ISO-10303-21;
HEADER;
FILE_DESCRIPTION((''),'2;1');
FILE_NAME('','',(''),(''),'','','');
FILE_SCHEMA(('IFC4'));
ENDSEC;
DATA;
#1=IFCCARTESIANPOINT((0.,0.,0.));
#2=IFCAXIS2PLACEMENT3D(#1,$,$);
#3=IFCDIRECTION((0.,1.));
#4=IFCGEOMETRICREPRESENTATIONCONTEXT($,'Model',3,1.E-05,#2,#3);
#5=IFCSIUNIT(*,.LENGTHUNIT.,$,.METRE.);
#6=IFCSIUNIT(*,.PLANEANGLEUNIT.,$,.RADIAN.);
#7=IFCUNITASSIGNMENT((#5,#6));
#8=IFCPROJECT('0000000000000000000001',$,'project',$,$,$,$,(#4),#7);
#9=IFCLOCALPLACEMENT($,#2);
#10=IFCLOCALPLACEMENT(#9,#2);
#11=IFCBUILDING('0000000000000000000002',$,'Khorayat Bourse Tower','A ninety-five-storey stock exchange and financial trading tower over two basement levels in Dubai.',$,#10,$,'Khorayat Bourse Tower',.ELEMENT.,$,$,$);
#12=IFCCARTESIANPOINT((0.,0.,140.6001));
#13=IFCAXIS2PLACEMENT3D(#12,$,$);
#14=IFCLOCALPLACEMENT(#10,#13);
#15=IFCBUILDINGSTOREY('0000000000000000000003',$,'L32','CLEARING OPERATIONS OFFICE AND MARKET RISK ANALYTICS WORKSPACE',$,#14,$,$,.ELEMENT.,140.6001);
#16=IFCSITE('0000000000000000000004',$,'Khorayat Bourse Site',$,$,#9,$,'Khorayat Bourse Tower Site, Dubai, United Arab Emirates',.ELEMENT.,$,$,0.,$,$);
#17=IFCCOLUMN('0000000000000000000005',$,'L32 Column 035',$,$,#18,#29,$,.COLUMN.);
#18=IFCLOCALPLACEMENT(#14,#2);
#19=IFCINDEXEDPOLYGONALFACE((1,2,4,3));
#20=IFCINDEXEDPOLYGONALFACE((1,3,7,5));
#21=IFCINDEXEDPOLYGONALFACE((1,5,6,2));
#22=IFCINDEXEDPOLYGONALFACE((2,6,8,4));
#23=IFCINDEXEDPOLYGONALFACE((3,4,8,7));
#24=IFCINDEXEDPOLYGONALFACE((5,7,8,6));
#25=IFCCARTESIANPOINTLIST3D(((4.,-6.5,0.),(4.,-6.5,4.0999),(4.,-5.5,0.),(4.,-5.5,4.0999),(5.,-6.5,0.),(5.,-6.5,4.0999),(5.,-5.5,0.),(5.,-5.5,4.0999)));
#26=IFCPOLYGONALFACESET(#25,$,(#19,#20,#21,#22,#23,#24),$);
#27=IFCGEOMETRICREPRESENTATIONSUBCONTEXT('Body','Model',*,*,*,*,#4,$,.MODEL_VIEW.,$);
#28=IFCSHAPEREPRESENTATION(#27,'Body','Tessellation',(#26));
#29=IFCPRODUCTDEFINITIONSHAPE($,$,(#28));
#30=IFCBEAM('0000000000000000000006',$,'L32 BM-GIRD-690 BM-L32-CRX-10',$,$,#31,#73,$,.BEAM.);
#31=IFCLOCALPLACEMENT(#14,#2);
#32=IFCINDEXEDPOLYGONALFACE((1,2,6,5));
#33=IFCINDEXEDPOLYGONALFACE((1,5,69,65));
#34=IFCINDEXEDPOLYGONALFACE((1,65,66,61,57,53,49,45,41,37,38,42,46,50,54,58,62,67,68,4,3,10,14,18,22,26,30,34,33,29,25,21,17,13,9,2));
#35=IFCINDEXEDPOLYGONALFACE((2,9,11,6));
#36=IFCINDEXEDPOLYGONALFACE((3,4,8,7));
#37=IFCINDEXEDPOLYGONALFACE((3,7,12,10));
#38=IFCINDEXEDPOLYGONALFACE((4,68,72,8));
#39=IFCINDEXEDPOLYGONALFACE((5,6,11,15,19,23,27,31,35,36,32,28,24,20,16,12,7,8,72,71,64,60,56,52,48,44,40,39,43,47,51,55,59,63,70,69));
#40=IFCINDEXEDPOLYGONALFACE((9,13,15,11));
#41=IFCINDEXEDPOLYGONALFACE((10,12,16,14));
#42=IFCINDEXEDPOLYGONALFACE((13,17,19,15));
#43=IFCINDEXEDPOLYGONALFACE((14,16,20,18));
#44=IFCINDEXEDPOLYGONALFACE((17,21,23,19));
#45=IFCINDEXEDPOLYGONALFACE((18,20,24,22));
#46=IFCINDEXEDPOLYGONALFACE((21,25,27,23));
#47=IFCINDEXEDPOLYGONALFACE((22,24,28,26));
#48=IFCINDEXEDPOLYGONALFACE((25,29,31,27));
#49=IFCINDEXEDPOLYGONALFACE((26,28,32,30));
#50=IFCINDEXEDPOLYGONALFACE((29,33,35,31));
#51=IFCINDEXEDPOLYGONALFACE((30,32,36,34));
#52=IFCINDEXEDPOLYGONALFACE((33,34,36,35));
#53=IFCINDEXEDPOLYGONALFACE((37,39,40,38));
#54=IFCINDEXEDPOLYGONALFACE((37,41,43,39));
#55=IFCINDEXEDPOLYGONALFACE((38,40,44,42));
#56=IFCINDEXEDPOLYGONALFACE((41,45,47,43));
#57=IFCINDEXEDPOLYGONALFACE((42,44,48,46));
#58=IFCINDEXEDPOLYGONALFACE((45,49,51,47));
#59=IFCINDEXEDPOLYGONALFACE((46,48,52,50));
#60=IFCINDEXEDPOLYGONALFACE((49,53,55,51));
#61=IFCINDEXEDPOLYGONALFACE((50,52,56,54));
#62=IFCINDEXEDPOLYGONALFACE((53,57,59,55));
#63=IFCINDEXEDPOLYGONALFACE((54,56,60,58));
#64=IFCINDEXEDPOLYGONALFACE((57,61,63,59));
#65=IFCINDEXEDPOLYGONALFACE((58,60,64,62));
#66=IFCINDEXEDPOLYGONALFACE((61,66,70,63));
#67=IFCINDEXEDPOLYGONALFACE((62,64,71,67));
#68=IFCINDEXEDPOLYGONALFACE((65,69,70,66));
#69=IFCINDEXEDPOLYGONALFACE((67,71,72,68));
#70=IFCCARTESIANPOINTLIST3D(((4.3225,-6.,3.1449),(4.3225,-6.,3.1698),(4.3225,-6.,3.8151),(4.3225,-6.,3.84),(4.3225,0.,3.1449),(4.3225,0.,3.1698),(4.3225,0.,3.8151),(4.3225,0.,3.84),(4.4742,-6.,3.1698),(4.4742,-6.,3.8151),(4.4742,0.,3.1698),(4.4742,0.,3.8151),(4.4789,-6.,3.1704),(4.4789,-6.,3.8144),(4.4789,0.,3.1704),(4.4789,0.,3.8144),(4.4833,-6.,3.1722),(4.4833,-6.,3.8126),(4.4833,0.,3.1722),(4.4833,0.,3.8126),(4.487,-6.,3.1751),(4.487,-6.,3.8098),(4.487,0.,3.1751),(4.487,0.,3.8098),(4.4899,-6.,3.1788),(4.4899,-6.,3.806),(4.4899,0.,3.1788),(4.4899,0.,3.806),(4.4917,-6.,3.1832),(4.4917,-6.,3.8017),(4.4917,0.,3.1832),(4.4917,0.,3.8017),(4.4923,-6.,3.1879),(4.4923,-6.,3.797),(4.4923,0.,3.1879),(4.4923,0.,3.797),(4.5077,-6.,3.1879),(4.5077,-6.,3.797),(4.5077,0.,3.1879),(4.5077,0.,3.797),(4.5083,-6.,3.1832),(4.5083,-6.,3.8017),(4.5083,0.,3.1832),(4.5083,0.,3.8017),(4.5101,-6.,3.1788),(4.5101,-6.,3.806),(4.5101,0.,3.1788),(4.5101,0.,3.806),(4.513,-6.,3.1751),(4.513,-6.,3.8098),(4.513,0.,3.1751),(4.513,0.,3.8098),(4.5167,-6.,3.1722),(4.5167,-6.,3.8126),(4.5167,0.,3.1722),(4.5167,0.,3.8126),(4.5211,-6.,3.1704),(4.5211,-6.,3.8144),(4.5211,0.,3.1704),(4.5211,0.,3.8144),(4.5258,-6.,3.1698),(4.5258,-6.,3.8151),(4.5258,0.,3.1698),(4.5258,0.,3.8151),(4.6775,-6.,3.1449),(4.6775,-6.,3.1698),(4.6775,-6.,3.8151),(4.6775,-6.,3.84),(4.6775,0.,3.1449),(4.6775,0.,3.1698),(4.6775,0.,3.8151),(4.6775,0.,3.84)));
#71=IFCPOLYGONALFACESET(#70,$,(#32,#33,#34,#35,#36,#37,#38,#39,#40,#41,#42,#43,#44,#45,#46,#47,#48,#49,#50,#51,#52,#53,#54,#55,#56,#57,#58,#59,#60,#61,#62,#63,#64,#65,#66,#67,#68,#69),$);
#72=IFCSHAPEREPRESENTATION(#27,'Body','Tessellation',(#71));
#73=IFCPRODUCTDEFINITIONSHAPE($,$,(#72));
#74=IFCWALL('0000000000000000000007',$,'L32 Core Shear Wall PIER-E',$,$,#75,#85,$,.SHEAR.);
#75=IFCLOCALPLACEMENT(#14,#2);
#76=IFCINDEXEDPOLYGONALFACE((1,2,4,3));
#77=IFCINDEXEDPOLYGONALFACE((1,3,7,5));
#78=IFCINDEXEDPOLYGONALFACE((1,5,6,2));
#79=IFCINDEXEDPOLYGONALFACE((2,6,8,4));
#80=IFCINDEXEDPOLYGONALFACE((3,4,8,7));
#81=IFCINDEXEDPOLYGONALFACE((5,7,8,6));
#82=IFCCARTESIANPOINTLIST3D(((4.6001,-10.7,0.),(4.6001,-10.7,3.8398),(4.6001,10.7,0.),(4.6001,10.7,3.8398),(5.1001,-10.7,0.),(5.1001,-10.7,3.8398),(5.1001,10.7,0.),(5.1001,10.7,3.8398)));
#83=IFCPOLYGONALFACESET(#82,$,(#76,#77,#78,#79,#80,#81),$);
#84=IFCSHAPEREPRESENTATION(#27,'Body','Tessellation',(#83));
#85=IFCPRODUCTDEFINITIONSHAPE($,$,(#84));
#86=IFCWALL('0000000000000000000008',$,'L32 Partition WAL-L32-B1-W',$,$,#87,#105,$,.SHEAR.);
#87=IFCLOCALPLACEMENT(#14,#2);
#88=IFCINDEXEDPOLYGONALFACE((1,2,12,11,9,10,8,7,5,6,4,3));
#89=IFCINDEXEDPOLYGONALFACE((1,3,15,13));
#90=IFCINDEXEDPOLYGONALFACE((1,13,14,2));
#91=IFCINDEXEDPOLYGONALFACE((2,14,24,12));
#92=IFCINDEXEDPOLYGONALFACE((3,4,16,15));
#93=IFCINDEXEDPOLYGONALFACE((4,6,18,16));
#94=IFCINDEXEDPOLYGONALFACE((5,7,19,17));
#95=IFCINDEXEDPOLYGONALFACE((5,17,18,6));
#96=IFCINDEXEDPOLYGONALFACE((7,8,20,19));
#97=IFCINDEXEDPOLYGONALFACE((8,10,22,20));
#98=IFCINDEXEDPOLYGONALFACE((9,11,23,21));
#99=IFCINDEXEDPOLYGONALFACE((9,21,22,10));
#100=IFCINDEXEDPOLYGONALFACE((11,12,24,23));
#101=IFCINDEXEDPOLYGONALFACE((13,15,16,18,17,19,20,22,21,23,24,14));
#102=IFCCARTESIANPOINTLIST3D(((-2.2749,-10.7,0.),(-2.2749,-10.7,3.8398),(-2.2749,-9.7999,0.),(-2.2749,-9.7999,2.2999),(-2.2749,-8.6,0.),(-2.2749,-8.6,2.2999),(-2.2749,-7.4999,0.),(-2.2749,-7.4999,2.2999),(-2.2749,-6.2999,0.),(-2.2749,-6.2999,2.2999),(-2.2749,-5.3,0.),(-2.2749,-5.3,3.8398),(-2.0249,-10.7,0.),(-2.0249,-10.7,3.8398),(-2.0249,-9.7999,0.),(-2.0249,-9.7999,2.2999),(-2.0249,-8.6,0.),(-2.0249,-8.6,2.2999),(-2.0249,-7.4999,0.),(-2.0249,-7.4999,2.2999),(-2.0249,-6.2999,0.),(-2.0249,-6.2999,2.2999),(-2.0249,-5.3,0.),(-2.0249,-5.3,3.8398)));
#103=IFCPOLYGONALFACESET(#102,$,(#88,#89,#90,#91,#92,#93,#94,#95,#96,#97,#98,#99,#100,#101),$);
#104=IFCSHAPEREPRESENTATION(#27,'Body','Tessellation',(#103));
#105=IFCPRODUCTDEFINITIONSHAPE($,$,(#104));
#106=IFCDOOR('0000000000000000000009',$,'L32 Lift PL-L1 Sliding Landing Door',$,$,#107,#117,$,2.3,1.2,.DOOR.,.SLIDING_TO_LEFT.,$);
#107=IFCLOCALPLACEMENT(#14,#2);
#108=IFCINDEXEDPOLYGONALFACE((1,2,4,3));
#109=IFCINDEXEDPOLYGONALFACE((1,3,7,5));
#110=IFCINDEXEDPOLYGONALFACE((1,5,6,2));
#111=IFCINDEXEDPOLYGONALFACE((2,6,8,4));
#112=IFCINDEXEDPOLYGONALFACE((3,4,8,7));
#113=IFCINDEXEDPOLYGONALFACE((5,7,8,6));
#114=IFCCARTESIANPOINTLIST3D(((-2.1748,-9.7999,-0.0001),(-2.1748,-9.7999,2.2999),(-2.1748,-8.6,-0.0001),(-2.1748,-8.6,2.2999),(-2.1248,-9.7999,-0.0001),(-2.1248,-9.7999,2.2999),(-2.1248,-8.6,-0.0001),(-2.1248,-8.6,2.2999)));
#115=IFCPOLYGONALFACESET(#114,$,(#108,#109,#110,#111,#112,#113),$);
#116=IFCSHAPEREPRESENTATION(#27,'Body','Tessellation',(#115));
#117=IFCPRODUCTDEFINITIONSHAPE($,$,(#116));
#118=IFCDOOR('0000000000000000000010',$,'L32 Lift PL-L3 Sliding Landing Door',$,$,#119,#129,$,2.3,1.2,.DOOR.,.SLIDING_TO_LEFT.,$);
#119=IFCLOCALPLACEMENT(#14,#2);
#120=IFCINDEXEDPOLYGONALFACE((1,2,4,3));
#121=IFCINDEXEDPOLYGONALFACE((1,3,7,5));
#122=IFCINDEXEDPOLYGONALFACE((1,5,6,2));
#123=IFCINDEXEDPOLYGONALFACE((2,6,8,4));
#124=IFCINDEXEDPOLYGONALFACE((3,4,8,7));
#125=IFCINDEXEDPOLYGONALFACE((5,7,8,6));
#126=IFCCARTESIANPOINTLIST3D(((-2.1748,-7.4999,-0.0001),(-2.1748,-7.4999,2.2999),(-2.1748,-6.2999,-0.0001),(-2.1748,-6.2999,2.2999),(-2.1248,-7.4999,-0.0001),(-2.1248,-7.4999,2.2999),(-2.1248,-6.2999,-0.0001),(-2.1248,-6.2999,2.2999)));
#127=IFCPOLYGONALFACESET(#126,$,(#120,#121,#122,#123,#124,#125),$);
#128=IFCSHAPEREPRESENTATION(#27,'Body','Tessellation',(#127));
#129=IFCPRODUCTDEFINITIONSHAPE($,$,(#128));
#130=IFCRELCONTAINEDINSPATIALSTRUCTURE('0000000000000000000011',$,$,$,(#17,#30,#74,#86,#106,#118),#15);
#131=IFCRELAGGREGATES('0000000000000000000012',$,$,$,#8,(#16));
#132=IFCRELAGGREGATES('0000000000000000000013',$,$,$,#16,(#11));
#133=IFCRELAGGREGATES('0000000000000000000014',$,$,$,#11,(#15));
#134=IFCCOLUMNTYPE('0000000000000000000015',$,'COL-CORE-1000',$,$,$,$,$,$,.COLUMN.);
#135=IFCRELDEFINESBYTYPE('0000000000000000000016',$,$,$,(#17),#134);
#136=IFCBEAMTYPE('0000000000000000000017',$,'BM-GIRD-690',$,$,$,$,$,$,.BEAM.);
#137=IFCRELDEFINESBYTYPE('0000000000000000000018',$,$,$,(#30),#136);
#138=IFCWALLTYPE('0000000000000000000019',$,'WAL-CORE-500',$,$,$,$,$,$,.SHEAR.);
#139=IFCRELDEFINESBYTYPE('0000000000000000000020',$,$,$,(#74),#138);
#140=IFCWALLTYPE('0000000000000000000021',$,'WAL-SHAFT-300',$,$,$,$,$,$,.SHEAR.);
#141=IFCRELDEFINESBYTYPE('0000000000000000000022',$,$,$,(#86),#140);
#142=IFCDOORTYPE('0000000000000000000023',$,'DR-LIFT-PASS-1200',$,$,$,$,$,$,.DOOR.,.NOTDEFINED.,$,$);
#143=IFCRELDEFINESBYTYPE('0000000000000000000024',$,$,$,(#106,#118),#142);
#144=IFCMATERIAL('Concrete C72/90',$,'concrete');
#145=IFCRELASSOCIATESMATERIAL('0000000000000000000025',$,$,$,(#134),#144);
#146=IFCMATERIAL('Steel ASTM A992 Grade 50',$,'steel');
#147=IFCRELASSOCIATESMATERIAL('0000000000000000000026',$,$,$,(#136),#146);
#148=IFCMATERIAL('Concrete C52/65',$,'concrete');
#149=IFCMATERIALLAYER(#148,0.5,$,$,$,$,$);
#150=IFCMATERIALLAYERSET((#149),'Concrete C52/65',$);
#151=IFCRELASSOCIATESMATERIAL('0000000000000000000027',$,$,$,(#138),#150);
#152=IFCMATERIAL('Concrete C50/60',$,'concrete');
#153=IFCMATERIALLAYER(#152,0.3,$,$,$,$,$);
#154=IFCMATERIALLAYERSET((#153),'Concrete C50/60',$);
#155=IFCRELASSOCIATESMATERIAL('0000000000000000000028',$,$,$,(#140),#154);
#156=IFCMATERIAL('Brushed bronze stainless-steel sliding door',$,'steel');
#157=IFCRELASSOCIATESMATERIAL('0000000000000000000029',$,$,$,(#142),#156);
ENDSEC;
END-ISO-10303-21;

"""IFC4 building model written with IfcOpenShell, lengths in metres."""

from ifc_helpers import new_model, si_unit, direction, frame, frame_2d, origin, origin_2d, place, context, subcontext, project, spatial, rectangle, i_section, extrude, source, transform, mapped, material, layer, layer_set, material_profile, profile_set, type_object, element, fill, save


model = new_model("IFC4")

# Units and contexts
model_context = context("Model", 3, precision=1e-05, world=origin(), true_north=direction((0.0, 1.0)))
body_context = subcontext(model_context, "Body", "Model", "MODEL_VIEW")
ifc_project = project(units=[si_unit("LENGTHUNIT", "METRE"), si_unit("PLANEANGLEUNIT", "RADIAN")], contexts=[model_context])

# Site, building, storey
site_placement = place(None, origin())
site = spatial("IfcSite", under=ifc_project, at=site_placement, Name="Khorayat Bourse Site", LongName="Khorayat Bourse Tower Site, Dubai, United Arab Emirates", CompositionType="ELEMENT", RefElevation=0.0)
building_placement = place(site_placement, origin())
building = spatial("IfcBuilding", under=site, at=building_placement, Name="Khorayat Bourse Tower", Description="A ninety-five-storey stock exchange and financial trading tower over two basement levels in Dubai.", LongName="Khorayat Bourse Tower", CompositionType="ELEMENT")
storey_placement = place(building_placement, frame((0.0, 0.0, 140.6001)))
storey = spatial("IfcBuildingStorey", under=building, at=storey_placement, Name="L32", Description="CLEARING OPERATIONS OFFICE AND MARKET RISK ANALYTICS WORKSPACE", CompositionType="ELEMENT", Elevation=140.6001)

# Column
ifc_material_1 = material(Name="Concrete C72/90", Category="concrete")
ifc_material_profile_1 = material_profile(ifc_material_1, rectangle(XDim=1.0, YDim=1.0, at=origin_2d()), Name="RC 1000x1000")
ifc_profile_set_1 = profile_set([ifc_material_profile_1], Name="Concrete C72/90")
column_type = type_object("IfcColumnType", Name="COL-CORE-1000", PredefinedType="COLUMN", material=ifc_profile_set_1)
shared_shape_1 = source(origin(), body_context, "Body", "SweptSolid", [
    extrude(rectangle(XDim=1.0, YDim=1.0, at=origin_2d()), origin(), (0.0, 0.0, 1.0), 4.0999),
])
column_placement = place(storey_placement, frame((4.5, -6.0, 0.0), z_axis=(0.0, 0.0, 1.0), x_axis=(1.0, 0.0, 0.0)))
element("IfcColumn", 1, at=column_placement, inside=storey, type_object=column_type, Name="L32 Column 035", PredefinedType="COLUMN", context=body_context, shape_type="MappedRepresentation", body=[
    mapped(shared_shape_1, transform((0.0, 0.0, 0.0), scale=1.0)),
])

# Beam
ifc_material_2 = material(Name="Steel ASTM A992 Grade 50", Category="steel")
ifc_material_profile_2 = material_profile(ifc_material_2, i_section(OverallWidth=0.355, OverallDepth=0.6951, WebThickness=0.0154, FlangeThickness=0.0249, FilletRadius=0.0181, at=origin_2d()), Name="W690X217")
ifc_profile_set_2 = profile_set([ifc_material_profile_2], Name="Steel ASTM A992 Grade 50")
beam_type = type_object("IfcBeamType", Name="BM-GIRD-690", PredefinedType="BEAM", material=ifc_profile_set_2)
shared_shape_2 = source(origin(), body_context, "Body", "SweptSolid", [
    extrude(i_section(OverallWidth=0.355, OverallDepth=0.6951, WebThickness=0.0154, FlangeThickness=0.0249, FilletRadius=0.0181, at=origin_2d()), origin(), (0.0, 0.0, 1.0), 6.0),
])
beam_placement = place(storey_placement, frame((4.5, -6.0, 3.4924), z_axis=(0.0, 1.0, 0.0), x_axis=(-1.0, 0.0, 0.0)))
element("IfcBeam", 2, at=beam_placement, inside=storey, type_object=beam_type, Name="L32 BM-GIRD-690 BM-L32-CRX-10", PredefinedType="BEAM", context=body_context, shape_type="MappedRepresentation", body=[
    mapped(shared_shape_2, transform((0.0, 0.0, 0.0), scale=1.0)),
])

# Wall
ifc_material_3 = material(Name="Concrete C52/65", Category="concrete")
ifc_layer_1 = layer(ifc_material_3, 0.5)
ifc_layer_set_1 = layer_set([ifc_layer_1], Name="Concrete C52/65")
wall_type_1 = type_object("IfcWallType", Name="WAL-CORE-500", PredefinedType="SHEAR", material=ifc_layer_set_1)
shared_shape_3 = source(origin(), body_context, "Body", "SweptSolid", [
    extrude(rectangle(XDim=21.3999, YDim=0.5, at=frame_2d((10.7, 0.0))), origin(), (0.0, 0.0, 1.0), 3.8398),
])
wall_1_placement = place(storey_placement, frame((4.8501, -10.7, 0.0), z_axis=(0.0, 0.0, 1.0), x_axis=(0.0, 1.0, 0.0)))
element("IfcWall", 3, at=wall_1_placement, inside=storey, type_object=wall_type_1, Name="L32 Core Shear Wall PIER-E", PredefinedType="SHEAR", context=body_context, shape_type="MappedRepresentation", body=[
    mapped(shared_shape_3, transform((0.0, 0.0, 0.0), scale=1.0)),
])

# Wall, openings, doors
ifc_material_4 = material(Name="Concrete C50/60", Category="concrete")
ifc_layer_2 = layer(ifc_material_4, 0.3)
ifc_layer_set_2 = layer_set([ifc_layer_2], Name="Concrete C50/60")
wall_type_2 = type_object("IfcWallType", Name="WAL-SHAFT-300", PredefinedType="SHEAR", material=ifc_layer_set_2)
shared_shape_4 = source(origin(), body_context, "Body", "SweptSolid", [
    extrude(rectangle(XDim=5.3999, YDim=0.25, at=frame_2d((2.7, 0.0))), origin(), (0.0, 0.0, 1.0), 3.8398),
])
wall_2_placement = place(storey_placement, frame((-2.1499, -10.7, 0.0), z_axis=(0.0, 0.0, 1.0), x_axis=(0.0, 1.0, 0.0)))
wall_2 = element("IfcWall", 4, at=wall_2_placement, inside=storey, type_object=wall_type_2, Name="L32 Partition WAL-L32-B1-W", PredefinedType="SHEAR", context=body_context, shape_type="MappedRepresentation", body=[
    mapped(shared_shape_4, transform((0.0, 0.0, 0.0), scale=1.0)),
])
shared_shape_5 = source(origin(), body_context, "Body", "SweptSolid", [
    extrude(rectangle(XDim=1.2, YDim=2.3, at=frame_2d((0.6001, 1.1499))), frame((0.0, 0.135, 0.0), z_axis=(0.0, -1.0, 0.0), x_axis=(1.0, 0.0, 0.0)), (0.0, 0.0, 1.0), 0.27),
])
opening_1_placement = place(wall_2_placement, frame((0.8999, 0.0, 0.0)))
opening_1 = element("IfcOpeningElement", 5, at=opening_1_placement, cuts=wall_2, PredefinedType="OPENING", context=body_context, shape_type="MappedRepresentation", body=[
    mapped(shared_shape_5, transform((0.0, 0.0, 0.0), scale=1.0)),
])
opening_2_placement = place(wall_2_placement, frame((3.2, 0.0, 0.0)))
opening_2 = element("IfcOpeningElement", 6, at=opening_2_placement, cuts=wall_2, PredefinedType="OPENING", context=body_context, shape_type="MappedRepresentation", body=[
    mapped(shared_shape_5, transform((0.0, 0.0, 0.0), scale=1.0)),
])
ifc_material_5 = material(Name="Brushed bronze stainless-steel sliding door", Category="steel")
door_type_1 = type_object("IfcDoorType", Name="DR-LIFT-PASS-1200", OperationType="NOTDEFINED", PredefinedType="DOOR", material=ifc_material_5)
shared_shape_6 = source(origin(), body_context, "Body", "SweptSolid", [
    extrude(rectangle(XDim=1.2, YDim=2.3, at=frame_2d((0.6001, 1.1499))), frame((0.0, 0.0249, 0.0), z_axis=(0.0, -1.0, 0.0), x_axis=(1.0, 0.0, 0.0)), (0.0, 0.0, 1.0), 0.05),
])
door_1_placement = place(opening_1_placement, origin())
door_1 = element("IfcDoor", 7, at=door_1_placement, inside=storey, type_object=door_type_1, Name="L32 Lift PL-L1 Sliding Landing Door", OperationType="SLIDING_TO_LEFT", OverallHeight=2.3, OverallWidth=1.2, PredefinedType="DOOR", context=body_context, shape_type="MappedRepresentation", body=[
    mapped(shared_shape_6, transform((0.0, 0.0, 0.0), scale=1.0)),
])
fill(opening_1, door_1)
door_2_placement = place(opening_2_placement, origin())
door_2 = element("IfcDoor", 8, at=door_2_placement, inside=storey, type_object=door_type_1, Name="L32 Lift PL-L3 Sliding Landing Door", OperationType="SLIDING_TO_LEFT", OverallHeight=2.3, OverallWidth=1.2, PredefinedType="DOOR", context=body_context, shape_type="MappedRepresentation", body=[
    mapped(shared_shape_6, transform((0.0, 0.0, 0.0), scale=1.0)),
])
fill(opening_2, door_2)

save(model, "model.ifc")
